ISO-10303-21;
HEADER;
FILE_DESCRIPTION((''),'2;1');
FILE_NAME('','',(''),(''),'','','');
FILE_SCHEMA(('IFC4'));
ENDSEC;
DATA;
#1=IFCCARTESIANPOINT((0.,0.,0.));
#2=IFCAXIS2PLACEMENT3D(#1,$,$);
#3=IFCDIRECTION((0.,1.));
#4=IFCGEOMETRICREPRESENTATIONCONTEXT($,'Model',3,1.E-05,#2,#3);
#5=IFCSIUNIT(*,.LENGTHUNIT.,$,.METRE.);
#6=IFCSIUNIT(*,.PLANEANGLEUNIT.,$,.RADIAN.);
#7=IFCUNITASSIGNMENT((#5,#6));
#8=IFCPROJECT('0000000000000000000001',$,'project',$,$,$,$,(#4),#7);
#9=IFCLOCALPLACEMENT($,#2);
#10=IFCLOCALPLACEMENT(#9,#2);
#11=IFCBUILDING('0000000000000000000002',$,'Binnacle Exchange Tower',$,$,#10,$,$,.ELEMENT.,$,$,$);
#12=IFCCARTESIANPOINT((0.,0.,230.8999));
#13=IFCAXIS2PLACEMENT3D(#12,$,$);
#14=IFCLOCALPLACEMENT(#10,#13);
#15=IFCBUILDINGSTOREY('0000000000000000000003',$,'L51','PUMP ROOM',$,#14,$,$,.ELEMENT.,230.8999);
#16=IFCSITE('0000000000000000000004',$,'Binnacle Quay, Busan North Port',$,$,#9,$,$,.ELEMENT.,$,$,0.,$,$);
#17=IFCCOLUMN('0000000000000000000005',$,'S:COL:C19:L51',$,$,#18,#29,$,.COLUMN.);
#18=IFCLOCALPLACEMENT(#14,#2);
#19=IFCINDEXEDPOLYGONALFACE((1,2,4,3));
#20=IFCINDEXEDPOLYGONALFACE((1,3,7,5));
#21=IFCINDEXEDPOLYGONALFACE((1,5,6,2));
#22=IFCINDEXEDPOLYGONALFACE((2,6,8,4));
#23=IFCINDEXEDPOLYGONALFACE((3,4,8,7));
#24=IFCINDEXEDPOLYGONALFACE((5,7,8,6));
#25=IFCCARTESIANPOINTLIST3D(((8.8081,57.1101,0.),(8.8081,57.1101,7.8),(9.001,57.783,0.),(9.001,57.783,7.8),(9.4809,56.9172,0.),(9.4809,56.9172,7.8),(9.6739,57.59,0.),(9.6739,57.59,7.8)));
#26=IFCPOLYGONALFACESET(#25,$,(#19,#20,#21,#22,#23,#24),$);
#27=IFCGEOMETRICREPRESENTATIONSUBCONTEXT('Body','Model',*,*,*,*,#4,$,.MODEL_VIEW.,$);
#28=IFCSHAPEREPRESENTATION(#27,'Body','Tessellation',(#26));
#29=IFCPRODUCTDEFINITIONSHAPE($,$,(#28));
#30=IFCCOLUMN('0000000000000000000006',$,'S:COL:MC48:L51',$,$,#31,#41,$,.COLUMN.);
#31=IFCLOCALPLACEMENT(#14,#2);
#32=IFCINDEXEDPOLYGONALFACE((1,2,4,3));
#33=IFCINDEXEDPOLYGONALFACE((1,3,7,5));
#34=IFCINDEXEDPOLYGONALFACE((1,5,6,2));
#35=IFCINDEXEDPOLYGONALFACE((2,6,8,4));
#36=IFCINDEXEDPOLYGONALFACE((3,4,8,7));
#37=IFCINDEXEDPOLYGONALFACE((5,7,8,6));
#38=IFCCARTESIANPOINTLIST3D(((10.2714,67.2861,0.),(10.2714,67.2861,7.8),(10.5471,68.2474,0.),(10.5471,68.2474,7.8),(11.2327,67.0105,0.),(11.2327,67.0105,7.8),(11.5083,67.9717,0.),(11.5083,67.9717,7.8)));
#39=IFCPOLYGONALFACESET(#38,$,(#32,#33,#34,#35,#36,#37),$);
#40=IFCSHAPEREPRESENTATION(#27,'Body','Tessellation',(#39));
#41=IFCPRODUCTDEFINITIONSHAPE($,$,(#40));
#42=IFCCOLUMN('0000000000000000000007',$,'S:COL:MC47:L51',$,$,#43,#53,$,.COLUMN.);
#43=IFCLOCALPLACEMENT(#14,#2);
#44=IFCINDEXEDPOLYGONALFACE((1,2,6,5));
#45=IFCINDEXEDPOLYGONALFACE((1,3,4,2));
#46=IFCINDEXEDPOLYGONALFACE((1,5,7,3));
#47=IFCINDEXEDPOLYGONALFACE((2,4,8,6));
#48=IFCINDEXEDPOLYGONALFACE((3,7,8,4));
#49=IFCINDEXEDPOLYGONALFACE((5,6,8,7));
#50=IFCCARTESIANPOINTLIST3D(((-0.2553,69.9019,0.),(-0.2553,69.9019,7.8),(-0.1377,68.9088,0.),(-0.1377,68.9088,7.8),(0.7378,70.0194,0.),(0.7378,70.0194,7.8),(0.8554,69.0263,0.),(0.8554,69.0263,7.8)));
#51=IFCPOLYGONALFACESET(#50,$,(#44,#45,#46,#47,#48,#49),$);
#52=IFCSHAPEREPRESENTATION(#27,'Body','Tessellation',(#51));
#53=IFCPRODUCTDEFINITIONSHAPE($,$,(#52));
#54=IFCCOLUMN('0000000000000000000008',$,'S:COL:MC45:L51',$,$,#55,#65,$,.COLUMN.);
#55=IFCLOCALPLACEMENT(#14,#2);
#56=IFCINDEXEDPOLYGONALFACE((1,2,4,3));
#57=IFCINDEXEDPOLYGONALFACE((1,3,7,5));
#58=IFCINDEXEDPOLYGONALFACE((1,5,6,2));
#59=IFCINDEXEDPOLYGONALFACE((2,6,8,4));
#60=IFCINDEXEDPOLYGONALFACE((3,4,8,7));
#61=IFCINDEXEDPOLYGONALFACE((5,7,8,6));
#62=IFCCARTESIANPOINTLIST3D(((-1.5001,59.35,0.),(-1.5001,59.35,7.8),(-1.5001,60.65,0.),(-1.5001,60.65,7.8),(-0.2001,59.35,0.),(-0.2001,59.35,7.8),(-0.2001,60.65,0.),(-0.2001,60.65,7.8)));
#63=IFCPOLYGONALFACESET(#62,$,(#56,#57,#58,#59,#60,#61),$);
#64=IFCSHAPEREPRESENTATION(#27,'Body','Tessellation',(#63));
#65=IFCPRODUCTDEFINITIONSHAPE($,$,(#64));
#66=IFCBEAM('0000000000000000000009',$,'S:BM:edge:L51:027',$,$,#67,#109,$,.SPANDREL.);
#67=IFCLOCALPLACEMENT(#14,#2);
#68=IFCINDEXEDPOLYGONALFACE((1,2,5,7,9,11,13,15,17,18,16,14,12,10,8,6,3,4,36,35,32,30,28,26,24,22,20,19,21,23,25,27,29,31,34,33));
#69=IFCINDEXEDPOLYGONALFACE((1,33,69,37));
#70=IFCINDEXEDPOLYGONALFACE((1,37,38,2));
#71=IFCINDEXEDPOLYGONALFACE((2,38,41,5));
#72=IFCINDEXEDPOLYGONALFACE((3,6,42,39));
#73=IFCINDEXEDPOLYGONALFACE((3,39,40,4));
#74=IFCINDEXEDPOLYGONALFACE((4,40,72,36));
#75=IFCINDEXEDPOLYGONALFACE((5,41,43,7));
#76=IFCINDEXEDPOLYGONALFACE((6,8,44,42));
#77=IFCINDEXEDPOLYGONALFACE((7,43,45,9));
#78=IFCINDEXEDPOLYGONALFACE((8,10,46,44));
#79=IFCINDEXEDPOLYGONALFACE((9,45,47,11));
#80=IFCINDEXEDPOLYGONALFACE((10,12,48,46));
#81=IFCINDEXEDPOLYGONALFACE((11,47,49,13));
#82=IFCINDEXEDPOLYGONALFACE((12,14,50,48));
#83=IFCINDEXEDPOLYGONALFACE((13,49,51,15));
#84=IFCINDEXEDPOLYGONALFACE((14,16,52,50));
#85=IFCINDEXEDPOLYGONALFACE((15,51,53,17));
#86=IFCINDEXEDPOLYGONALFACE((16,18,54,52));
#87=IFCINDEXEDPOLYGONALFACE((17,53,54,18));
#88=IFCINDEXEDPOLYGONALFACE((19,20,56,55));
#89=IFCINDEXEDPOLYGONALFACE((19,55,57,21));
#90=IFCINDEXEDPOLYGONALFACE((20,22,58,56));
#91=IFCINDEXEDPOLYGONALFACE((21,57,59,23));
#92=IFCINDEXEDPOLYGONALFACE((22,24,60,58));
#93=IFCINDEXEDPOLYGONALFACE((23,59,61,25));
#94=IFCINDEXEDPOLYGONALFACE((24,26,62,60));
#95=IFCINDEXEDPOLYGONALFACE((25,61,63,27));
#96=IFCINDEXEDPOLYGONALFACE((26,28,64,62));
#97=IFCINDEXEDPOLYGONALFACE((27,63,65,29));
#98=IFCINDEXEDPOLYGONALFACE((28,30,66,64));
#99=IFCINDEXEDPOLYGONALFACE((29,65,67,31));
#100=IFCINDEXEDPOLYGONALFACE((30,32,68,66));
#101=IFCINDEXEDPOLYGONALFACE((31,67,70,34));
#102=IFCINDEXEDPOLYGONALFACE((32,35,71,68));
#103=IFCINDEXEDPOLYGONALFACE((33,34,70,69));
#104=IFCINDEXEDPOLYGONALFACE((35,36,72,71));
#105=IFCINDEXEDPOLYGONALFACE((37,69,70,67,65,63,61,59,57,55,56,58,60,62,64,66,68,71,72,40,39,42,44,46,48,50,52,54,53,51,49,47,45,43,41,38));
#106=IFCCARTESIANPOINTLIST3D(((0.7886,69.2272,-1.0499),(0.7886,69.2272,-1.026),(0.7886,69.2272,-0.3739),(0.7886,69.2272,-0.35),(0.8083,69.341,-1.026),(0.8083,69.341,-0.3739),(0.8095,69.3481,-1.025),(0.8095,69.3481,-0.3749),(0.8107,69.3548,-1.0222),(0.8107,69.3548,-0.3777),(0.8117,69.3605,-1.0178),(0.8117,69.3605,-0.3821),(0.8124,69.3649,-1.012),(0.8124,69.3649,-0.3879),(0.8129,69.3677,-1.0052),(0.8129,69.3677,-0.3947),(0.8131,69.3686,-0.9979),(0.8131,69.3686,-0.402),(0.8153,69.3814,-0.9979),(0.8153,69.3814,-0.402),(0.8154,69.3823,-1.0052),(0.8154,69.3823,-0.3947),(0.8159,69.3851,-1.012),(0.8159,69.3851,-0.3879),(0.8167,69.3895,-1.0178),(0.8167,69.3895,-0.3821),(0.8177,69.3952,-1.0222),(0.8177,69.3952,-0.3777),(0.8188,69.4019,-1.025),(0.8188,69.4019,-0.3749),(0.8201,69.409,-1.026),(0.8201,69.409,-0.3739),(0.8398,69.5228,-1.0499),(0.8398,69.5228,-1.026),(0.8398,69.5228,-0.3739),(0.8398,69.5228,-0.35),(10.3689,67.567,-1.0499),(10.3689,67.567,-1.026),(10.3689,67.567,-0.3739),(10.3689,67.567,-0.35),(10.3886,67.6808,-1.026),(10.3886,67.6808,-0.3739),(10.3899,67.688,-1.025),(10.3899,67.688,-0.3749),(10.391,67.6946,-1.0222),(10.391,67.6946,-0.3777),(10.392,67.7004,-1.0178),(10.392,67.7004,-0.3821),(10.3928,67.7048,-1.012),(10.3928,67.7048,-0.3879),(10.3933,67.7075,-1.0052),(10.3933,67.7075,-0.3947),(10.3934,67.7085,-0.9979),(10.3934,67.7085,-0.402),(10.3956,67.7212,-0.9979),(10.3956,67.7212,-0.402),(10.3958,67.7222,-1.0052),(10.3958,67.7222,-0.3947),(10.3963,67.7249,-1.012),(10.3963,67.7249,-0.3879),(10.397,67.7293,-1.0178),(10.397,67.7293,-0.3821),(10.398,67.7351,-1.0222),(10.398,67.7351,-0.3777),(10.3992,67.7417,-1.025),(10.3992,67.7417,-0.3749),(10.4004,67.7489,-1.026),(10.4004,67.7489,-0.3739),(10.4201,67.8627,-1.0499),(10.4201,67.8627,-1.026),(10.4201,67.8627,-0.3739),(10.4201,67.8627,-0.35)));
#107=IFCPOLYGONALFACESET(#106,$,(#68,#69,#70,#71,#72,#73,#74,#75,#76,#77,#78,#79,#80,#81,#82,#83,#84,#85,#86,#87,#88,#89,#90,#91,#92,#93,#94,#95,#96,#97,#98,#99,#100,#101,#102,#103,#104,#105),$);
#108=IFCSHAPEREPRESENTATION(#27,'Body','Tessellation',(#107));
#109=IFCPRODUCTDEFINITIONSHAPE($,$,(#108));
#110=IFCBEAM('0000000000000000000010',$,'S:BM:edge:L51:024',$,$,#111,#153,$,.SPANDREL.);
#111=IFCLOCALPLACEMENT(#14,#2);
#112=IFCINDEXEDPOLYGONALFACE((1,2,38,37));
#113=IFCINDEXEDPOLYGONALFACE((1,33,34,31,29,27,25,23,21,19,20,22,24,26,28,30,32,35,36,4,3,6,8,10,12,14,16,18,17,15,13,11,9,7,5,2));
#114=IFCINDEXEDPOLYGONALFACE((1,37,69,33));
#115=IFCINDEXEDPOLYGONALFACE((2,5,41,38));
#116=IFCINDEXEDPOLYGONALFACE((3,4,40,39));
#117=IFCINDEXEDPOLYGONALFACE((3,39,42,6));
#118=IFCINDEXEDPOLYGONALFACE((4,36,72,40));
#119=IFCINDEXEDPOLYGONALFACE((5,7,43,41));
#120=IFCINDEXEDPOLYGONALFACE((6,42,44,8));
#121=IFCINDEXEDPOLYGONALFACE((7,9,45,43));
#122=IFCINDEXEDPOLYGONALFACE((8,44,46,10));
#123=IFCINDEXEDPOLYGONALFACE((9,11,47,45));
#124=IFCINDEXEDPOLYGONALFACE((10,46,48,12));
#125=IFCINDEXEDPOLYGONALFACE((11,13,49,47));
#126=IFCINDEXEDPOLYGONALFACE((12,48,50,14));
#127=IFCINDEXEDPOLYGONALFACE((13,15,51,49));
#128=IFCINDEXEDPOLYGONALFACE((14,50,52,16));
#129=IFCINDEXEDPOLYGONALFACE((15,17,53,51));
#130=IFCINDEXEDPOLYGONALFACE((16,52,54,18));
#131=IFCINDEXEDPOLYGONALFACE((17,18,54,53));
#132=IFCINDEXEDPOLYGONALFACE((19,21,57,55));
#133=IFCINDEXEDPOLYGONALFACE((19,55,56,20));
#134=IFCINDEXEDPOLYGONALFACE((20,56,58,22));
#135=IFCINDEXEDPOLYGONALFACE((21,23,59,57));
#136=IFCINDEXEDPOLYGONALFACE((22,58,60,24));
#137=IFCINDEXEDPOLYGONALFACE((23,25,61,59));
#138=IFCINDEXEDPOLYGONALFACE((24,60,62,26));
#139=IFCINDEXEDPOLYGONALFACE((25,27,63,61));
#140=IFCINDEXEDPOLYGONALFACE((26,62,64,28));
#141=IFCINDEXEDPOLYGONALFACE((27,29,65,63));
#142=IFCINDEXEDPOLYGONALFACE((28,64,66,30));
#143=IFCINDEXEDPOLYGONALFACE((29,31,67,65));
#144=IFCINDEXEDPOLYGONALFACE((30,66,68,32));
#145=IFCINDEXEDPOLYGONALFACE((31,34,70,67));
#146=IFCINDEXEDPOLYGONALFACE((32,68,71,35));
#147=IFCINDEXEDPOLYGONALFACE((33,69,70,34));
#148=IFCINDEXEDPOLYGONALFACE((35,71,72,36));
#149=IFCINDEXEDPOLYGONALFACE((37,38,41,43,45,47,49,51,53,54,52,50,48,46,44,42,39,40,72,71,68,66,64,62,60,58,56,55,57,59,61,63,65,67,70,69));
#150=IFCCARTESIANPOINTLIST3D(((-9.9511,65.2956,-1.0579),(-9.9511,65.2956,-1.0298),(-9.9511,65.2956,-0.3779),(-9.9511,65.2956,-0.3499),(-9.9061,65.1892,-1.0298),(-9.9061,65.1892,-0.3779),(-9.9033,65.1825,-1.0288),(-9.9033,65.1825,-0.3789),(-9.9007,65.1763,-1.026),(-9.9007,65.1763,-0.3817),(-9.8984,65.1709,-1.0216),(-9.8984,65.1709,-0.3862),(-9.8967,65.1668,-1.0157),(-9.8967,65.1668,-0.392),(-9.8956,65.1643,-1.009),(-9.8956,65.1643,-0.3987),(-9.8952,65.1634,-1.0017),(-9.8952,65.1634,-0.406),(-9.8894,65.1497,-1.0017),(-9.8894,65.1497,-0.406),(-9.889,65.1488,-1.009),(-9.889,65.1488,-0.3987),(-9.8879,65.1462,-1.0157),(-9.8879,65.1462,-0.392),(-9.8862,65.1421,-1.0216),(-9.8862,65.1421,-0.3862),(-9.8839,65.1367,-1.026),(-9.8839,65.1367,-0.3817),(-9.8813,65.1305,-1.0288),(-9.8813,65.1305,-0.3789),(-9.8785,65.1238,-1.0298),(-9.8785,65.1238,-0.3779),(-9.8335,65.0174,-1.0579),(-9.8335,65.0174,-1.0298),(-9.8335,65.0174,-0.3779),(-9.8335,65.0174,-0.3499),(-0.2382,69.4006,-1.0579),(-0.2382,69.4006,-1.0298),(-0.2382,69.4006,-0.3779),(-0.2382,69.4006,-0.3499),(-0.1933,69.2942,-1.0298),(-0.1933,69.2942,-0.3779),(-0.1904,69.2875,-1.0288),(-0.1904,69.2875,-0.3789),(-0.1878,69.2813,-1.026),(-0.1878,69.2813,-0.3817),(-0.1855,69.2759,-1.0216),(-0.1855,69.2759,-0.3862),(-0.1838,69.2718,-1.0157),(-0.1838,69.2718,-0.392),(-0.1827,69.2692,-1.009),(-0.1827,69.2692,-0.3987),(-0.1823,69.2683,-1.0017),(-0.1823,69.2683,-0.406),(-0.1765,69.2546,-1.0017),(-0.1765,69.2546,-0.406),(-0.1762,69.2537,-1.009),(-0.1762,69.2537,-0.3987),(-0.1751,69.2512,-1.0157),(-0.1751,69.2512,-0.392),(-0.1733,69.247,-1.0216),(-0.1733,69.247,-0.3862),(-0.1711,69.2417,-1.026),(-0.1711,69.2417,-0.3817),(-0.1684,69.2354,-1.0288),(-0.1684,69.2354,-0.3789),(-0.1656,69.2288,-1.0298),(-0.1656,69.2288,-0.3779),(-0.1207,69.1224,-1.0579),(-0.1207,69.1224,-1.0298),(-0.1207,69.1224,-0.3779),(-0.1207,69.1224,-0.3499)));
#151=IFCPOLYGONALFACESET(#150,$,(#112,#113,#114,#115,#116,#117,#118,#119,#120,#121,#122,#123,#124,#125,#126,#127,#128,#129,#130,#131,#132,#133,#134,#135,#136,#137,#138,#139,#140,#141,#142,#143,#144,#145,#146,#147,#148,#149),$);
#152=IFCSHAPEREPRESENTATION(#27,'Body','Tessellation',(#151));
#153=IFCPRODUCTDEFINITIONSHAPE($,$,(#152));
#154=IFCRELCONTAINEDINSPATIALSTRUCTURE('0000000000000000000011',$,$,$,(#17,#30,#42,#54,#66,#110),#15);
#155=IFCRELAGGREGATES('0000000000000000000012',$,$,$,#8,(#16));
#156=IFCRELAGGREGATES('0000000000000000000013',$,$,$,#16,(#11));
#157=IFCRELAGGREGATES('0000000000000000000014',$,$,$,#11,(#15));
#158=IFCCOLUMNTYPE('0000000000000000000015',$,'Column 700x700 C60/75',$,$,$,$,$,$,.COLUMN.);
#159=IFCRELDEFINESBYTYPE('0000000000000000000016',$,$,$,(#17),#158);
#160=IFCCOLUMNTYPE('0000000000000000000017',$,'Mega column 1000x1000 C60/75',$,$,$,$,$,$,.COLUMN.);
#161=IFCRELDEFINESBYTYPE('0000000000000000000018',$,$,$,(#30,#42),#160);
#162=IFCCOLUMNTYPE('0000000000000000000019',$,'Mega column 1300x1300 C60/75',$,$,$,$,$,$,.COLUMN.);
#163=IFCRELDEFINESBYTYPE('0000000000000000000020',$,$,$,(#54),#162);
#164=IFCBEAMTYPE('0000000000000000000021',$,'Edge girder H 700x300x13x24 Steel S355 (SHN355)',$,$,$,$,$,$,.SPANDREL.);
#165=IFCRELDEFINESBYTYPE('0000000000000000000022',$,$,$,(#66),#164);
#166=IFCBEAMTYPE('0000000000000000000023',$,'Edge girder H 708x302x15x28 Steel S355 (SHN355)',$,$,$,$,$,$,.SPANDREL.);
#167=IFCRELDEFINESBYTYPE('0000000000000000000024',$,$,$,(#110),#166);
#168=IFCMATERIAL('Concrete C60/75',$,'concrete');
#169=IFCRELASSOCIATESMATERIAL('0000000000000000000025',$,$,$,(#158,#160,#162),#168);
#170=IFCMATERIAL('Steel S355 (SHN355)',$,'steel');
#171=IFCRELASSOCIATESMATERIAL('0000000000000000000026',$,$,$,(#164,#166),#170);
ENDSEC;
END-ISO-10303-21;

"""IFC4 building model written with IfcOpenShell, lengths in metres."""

from ifc_helpers import new_model, si_unit, direction, frame, origin, origin_2d, place, context, subcontext, project, spatial, rectangle, i_section, extrude, material, material_profile, profile_set, type_object, element, save


model = new_model("IFC4")

# Units and contexts
model_context = context("Model", 3, precision=1e-05, world=origin(), true_north=direction((0.0, 1.0)))
body_context = subcontext(model_context, "Body", "Model", "MODEL_VIEW")
ifc_project = project(units=[si_unit("LENGTHUNIT", "METRE"), si_unit("PLANEANGLEUNIT", "RADIAN")], contexts=[model_context])

# Site, building, storey
site_placement = place(None, origin())
site = spatial("IfcSite", under=ifc_project, at=site_placement, Name="Binnacle Quay, Busan North Port", CompositionType="ELEMENT", RefElevation=0.0)
building_placement = place(site_placement, origin())
building = spatial("IfcBuilding", under=site, at=building_placement, Name="Binnacle Exchange Tower", CompositionType="ELEMENT")
storey_placement = place(building_placement, frame((0.0, 0.0, 230.8999)))
storey = spatial("IfcBuildingStorey", under=building, at=storey_placement, Name="L51", Description="PUMP ROOM", CompositionType="ELEMENT", Elevation=230.8999)

# Columns
ifc_material_1 = material(Name="Concrete C60/75", Category="concrete")
ifc_material_profile_1 = material_profile(ifc_material_1, rectangle(XDim=0.7, YDim=0.7, at=origin_2d()), Name="Column 700x700 C60/75")
ifc_profile_set_1 = profile_set([ifc_material_profile_1], Name="Concrete C60/75")
column_type_1 = type_object("IfcColumnType", Name="Column 700x700 C60/75", PredefinedType="COLUMN", material=ifc_profile_set_1)
column_1_placement = place(storey_placement, frame((9.241, 57.3501, 0.0), z_axis=(0.0, 0.0, 1.0), x_axis=(0.961262, -0.275637, 0.0)))
element("IfcColumn", 1, at=column_1_placement, inside=storey, type_object=column_type_1, Name="S:COL:C19:L51", PredefinedType="COLUMN", context=body_context, shape_type="SweptSolid", body=[
    extrude(rectangle(XDim=0.7, YDim=0.7, at=origin_2d()), origin(), (0.0, 0.0, 1.0), 7.8),
])
ifc_material_profile_2 = material_profile(ifc_material_1, rectangle(XDim=1.0, YDim=1.0, at=origin_2d()), Name="Mega column 1000x1000 C60/75")
ifc_profile_set_2 = profile_set([ifc_material_profile_2], Name="Concrete C60/75")
column_type_2 = type_object("IfcColumnType", Name="Mega column 1000x1000 C60/75", PredefinedType="COLUMN", material=ifc_profile_set_2)
for number, where, z_axis, x_axis, name in (
    (2, (10.8899, 67.6289, 0.0), (0.0, 0.0, 1.0), (-0.961262, 0.275637, 0.0), "S:COL:MC48:L51"),
    (3, (0.3, 69.4641, 0.0), (0.0, 0.0, 1.0), (-0.993068, -0.117537, 0.0), "S:COL:MC47:L51"),
):
    element("IfcColumn", number, at=place(storey_placement, frame(where, z_axis=z_axis, x_axis=x_axis)), inside=storey, type_object=column_type_2, Name=name, PredefinedType="COLUMN", context=body_context, shape_type="SweptSolid", body=[
        extrude(rectangle(XDim=1.0, YDim=1.0, at=origin_2d()), origin(), (0.0, 0.0, 1.0), 7.8),
    ])
ifc_material_profile_3 = material_profile(ifc_material_1, rectangle(XDim=1.3, YDim=1.3, at=origin_2d()), Name="Mega column 1300x1300 C60/75")
ifc_profile_set_3 = profile_set([ifc_material_profile_3], Name="Concrete C60/75")
column_type_3 = type_object("IfcColumnType", Name="Mega column 1300x1300 C60/75", PredefinedType="COLUMN", material=ifc_profile_set_3)
column_2_placement = place(storey_placement, frame((-0.8501, 60.0, 0.0), z_axis=(0.0, 0.0, 1.0), x_axis=(0.0, 1.0, 0.0)))
element("IfcColumn", 4, at=column_2_placement, inside=storey, type_object=column_type_3, Name="S:COL:MC45:L51", PredefinedType="COLUMN", context=body_context, shape_type="SweptSolid", body=[
    extrude(rectangle(XDim=1.3, YDim=1.3, at=origin_2d()), origin(), (0.0, 0.0, 1.0), 7.8),
])

# Beams
ifc_material_2 = material(Name="Steel S355 (SHN355)", Category="steel")
ifc_material_profile_4 = material_profile(ifc_material_2, i_section(OverallWidth=0.3, OverallDepth=0.7, WebThickness=0.0129, FlangeThickness=0.0239, FilletRadius=0.0281, at=origin_2d()), Name="H 700x300x13x24")
ifc_profile_set_4 = profile_set([ifc_material_profile_4], Name="Steel S355 (SHN355)")
beam_type_1 = type_object("IfcBeamType", Name="Edge girder H 700x300x13x24 Steel S355 (SHN355)", PredefinedType="SPANDREL", material=ifc_profile_set_4)
beam_1_placement = place(storey_placement, frame((10.3945, 67.7148, -0.7), z_axis=(-0.985316, 0.170743, 0.0), x_axis=(-0.170743, -0.985316, 0.0)))
element("IfcBeam", 5, at=beam_1_placement, inside=storey, type_object=beam_type_1, Name="S:BM:edge:L51:027", PredefinedType="SPANDREL", context=body_context, shape_type="SweptSolid", body=[
    extrude(i_section(OverallWidth=0.3, OverallDepth=0.7, WebThickness=0.0129, FlangeThickness=0.0239, FilletRadius=0.0281, at=origin_2d()), origin(), (0.0, 0.0, 1.0), 9.7231),
])
ifc_material_profile_5 = material_profile(ifc_material_2, i_section(OverallWidth=0.302, OverallDepth=0.708, WebThickness=0.0149, FlangeThickness=0.0281, FilletRadius=0.0281, at=origin_2d()), Name="H 708x302x15x28")
ifc_profile_set_5 = profile_set([ifc_material_profile_5], Name="Steel S355 (SHN355)")
beam_type_2 = type_object("IfcBeamType", Name="Edge girder H 708x302x15x28 Steel S355 (SHN355)", PredefinedType="SPANDREL", material=ifc_profile_set_5)
beam_2_placement = place(storey_placement, frame((-0.1794, 69.2615, -0.7039), z_axis=(-0.921114, -0.389293, 0.0), x_axis=(0.389293, -0.921114, 0.0)))
element("IfcBeam", 6, at=beam_2_placement, inside=storey, type_object=beam_type_2, Name="S:BM:edge:L51:024", PredefinedType="SPANDREL", context=body_context, shape_type="SweptSolid", body=[
    extrude(i_section(OverallWidth=0.302, OverallDepth=0.708, WebThickness=0.0149, FlangeThickness=0.0281, FilletRadius=0.0281, at=origin_2d()), origin(), (0.0, 0.0, 1.0), 10.5447),
])

save(model, "model.ifc")
